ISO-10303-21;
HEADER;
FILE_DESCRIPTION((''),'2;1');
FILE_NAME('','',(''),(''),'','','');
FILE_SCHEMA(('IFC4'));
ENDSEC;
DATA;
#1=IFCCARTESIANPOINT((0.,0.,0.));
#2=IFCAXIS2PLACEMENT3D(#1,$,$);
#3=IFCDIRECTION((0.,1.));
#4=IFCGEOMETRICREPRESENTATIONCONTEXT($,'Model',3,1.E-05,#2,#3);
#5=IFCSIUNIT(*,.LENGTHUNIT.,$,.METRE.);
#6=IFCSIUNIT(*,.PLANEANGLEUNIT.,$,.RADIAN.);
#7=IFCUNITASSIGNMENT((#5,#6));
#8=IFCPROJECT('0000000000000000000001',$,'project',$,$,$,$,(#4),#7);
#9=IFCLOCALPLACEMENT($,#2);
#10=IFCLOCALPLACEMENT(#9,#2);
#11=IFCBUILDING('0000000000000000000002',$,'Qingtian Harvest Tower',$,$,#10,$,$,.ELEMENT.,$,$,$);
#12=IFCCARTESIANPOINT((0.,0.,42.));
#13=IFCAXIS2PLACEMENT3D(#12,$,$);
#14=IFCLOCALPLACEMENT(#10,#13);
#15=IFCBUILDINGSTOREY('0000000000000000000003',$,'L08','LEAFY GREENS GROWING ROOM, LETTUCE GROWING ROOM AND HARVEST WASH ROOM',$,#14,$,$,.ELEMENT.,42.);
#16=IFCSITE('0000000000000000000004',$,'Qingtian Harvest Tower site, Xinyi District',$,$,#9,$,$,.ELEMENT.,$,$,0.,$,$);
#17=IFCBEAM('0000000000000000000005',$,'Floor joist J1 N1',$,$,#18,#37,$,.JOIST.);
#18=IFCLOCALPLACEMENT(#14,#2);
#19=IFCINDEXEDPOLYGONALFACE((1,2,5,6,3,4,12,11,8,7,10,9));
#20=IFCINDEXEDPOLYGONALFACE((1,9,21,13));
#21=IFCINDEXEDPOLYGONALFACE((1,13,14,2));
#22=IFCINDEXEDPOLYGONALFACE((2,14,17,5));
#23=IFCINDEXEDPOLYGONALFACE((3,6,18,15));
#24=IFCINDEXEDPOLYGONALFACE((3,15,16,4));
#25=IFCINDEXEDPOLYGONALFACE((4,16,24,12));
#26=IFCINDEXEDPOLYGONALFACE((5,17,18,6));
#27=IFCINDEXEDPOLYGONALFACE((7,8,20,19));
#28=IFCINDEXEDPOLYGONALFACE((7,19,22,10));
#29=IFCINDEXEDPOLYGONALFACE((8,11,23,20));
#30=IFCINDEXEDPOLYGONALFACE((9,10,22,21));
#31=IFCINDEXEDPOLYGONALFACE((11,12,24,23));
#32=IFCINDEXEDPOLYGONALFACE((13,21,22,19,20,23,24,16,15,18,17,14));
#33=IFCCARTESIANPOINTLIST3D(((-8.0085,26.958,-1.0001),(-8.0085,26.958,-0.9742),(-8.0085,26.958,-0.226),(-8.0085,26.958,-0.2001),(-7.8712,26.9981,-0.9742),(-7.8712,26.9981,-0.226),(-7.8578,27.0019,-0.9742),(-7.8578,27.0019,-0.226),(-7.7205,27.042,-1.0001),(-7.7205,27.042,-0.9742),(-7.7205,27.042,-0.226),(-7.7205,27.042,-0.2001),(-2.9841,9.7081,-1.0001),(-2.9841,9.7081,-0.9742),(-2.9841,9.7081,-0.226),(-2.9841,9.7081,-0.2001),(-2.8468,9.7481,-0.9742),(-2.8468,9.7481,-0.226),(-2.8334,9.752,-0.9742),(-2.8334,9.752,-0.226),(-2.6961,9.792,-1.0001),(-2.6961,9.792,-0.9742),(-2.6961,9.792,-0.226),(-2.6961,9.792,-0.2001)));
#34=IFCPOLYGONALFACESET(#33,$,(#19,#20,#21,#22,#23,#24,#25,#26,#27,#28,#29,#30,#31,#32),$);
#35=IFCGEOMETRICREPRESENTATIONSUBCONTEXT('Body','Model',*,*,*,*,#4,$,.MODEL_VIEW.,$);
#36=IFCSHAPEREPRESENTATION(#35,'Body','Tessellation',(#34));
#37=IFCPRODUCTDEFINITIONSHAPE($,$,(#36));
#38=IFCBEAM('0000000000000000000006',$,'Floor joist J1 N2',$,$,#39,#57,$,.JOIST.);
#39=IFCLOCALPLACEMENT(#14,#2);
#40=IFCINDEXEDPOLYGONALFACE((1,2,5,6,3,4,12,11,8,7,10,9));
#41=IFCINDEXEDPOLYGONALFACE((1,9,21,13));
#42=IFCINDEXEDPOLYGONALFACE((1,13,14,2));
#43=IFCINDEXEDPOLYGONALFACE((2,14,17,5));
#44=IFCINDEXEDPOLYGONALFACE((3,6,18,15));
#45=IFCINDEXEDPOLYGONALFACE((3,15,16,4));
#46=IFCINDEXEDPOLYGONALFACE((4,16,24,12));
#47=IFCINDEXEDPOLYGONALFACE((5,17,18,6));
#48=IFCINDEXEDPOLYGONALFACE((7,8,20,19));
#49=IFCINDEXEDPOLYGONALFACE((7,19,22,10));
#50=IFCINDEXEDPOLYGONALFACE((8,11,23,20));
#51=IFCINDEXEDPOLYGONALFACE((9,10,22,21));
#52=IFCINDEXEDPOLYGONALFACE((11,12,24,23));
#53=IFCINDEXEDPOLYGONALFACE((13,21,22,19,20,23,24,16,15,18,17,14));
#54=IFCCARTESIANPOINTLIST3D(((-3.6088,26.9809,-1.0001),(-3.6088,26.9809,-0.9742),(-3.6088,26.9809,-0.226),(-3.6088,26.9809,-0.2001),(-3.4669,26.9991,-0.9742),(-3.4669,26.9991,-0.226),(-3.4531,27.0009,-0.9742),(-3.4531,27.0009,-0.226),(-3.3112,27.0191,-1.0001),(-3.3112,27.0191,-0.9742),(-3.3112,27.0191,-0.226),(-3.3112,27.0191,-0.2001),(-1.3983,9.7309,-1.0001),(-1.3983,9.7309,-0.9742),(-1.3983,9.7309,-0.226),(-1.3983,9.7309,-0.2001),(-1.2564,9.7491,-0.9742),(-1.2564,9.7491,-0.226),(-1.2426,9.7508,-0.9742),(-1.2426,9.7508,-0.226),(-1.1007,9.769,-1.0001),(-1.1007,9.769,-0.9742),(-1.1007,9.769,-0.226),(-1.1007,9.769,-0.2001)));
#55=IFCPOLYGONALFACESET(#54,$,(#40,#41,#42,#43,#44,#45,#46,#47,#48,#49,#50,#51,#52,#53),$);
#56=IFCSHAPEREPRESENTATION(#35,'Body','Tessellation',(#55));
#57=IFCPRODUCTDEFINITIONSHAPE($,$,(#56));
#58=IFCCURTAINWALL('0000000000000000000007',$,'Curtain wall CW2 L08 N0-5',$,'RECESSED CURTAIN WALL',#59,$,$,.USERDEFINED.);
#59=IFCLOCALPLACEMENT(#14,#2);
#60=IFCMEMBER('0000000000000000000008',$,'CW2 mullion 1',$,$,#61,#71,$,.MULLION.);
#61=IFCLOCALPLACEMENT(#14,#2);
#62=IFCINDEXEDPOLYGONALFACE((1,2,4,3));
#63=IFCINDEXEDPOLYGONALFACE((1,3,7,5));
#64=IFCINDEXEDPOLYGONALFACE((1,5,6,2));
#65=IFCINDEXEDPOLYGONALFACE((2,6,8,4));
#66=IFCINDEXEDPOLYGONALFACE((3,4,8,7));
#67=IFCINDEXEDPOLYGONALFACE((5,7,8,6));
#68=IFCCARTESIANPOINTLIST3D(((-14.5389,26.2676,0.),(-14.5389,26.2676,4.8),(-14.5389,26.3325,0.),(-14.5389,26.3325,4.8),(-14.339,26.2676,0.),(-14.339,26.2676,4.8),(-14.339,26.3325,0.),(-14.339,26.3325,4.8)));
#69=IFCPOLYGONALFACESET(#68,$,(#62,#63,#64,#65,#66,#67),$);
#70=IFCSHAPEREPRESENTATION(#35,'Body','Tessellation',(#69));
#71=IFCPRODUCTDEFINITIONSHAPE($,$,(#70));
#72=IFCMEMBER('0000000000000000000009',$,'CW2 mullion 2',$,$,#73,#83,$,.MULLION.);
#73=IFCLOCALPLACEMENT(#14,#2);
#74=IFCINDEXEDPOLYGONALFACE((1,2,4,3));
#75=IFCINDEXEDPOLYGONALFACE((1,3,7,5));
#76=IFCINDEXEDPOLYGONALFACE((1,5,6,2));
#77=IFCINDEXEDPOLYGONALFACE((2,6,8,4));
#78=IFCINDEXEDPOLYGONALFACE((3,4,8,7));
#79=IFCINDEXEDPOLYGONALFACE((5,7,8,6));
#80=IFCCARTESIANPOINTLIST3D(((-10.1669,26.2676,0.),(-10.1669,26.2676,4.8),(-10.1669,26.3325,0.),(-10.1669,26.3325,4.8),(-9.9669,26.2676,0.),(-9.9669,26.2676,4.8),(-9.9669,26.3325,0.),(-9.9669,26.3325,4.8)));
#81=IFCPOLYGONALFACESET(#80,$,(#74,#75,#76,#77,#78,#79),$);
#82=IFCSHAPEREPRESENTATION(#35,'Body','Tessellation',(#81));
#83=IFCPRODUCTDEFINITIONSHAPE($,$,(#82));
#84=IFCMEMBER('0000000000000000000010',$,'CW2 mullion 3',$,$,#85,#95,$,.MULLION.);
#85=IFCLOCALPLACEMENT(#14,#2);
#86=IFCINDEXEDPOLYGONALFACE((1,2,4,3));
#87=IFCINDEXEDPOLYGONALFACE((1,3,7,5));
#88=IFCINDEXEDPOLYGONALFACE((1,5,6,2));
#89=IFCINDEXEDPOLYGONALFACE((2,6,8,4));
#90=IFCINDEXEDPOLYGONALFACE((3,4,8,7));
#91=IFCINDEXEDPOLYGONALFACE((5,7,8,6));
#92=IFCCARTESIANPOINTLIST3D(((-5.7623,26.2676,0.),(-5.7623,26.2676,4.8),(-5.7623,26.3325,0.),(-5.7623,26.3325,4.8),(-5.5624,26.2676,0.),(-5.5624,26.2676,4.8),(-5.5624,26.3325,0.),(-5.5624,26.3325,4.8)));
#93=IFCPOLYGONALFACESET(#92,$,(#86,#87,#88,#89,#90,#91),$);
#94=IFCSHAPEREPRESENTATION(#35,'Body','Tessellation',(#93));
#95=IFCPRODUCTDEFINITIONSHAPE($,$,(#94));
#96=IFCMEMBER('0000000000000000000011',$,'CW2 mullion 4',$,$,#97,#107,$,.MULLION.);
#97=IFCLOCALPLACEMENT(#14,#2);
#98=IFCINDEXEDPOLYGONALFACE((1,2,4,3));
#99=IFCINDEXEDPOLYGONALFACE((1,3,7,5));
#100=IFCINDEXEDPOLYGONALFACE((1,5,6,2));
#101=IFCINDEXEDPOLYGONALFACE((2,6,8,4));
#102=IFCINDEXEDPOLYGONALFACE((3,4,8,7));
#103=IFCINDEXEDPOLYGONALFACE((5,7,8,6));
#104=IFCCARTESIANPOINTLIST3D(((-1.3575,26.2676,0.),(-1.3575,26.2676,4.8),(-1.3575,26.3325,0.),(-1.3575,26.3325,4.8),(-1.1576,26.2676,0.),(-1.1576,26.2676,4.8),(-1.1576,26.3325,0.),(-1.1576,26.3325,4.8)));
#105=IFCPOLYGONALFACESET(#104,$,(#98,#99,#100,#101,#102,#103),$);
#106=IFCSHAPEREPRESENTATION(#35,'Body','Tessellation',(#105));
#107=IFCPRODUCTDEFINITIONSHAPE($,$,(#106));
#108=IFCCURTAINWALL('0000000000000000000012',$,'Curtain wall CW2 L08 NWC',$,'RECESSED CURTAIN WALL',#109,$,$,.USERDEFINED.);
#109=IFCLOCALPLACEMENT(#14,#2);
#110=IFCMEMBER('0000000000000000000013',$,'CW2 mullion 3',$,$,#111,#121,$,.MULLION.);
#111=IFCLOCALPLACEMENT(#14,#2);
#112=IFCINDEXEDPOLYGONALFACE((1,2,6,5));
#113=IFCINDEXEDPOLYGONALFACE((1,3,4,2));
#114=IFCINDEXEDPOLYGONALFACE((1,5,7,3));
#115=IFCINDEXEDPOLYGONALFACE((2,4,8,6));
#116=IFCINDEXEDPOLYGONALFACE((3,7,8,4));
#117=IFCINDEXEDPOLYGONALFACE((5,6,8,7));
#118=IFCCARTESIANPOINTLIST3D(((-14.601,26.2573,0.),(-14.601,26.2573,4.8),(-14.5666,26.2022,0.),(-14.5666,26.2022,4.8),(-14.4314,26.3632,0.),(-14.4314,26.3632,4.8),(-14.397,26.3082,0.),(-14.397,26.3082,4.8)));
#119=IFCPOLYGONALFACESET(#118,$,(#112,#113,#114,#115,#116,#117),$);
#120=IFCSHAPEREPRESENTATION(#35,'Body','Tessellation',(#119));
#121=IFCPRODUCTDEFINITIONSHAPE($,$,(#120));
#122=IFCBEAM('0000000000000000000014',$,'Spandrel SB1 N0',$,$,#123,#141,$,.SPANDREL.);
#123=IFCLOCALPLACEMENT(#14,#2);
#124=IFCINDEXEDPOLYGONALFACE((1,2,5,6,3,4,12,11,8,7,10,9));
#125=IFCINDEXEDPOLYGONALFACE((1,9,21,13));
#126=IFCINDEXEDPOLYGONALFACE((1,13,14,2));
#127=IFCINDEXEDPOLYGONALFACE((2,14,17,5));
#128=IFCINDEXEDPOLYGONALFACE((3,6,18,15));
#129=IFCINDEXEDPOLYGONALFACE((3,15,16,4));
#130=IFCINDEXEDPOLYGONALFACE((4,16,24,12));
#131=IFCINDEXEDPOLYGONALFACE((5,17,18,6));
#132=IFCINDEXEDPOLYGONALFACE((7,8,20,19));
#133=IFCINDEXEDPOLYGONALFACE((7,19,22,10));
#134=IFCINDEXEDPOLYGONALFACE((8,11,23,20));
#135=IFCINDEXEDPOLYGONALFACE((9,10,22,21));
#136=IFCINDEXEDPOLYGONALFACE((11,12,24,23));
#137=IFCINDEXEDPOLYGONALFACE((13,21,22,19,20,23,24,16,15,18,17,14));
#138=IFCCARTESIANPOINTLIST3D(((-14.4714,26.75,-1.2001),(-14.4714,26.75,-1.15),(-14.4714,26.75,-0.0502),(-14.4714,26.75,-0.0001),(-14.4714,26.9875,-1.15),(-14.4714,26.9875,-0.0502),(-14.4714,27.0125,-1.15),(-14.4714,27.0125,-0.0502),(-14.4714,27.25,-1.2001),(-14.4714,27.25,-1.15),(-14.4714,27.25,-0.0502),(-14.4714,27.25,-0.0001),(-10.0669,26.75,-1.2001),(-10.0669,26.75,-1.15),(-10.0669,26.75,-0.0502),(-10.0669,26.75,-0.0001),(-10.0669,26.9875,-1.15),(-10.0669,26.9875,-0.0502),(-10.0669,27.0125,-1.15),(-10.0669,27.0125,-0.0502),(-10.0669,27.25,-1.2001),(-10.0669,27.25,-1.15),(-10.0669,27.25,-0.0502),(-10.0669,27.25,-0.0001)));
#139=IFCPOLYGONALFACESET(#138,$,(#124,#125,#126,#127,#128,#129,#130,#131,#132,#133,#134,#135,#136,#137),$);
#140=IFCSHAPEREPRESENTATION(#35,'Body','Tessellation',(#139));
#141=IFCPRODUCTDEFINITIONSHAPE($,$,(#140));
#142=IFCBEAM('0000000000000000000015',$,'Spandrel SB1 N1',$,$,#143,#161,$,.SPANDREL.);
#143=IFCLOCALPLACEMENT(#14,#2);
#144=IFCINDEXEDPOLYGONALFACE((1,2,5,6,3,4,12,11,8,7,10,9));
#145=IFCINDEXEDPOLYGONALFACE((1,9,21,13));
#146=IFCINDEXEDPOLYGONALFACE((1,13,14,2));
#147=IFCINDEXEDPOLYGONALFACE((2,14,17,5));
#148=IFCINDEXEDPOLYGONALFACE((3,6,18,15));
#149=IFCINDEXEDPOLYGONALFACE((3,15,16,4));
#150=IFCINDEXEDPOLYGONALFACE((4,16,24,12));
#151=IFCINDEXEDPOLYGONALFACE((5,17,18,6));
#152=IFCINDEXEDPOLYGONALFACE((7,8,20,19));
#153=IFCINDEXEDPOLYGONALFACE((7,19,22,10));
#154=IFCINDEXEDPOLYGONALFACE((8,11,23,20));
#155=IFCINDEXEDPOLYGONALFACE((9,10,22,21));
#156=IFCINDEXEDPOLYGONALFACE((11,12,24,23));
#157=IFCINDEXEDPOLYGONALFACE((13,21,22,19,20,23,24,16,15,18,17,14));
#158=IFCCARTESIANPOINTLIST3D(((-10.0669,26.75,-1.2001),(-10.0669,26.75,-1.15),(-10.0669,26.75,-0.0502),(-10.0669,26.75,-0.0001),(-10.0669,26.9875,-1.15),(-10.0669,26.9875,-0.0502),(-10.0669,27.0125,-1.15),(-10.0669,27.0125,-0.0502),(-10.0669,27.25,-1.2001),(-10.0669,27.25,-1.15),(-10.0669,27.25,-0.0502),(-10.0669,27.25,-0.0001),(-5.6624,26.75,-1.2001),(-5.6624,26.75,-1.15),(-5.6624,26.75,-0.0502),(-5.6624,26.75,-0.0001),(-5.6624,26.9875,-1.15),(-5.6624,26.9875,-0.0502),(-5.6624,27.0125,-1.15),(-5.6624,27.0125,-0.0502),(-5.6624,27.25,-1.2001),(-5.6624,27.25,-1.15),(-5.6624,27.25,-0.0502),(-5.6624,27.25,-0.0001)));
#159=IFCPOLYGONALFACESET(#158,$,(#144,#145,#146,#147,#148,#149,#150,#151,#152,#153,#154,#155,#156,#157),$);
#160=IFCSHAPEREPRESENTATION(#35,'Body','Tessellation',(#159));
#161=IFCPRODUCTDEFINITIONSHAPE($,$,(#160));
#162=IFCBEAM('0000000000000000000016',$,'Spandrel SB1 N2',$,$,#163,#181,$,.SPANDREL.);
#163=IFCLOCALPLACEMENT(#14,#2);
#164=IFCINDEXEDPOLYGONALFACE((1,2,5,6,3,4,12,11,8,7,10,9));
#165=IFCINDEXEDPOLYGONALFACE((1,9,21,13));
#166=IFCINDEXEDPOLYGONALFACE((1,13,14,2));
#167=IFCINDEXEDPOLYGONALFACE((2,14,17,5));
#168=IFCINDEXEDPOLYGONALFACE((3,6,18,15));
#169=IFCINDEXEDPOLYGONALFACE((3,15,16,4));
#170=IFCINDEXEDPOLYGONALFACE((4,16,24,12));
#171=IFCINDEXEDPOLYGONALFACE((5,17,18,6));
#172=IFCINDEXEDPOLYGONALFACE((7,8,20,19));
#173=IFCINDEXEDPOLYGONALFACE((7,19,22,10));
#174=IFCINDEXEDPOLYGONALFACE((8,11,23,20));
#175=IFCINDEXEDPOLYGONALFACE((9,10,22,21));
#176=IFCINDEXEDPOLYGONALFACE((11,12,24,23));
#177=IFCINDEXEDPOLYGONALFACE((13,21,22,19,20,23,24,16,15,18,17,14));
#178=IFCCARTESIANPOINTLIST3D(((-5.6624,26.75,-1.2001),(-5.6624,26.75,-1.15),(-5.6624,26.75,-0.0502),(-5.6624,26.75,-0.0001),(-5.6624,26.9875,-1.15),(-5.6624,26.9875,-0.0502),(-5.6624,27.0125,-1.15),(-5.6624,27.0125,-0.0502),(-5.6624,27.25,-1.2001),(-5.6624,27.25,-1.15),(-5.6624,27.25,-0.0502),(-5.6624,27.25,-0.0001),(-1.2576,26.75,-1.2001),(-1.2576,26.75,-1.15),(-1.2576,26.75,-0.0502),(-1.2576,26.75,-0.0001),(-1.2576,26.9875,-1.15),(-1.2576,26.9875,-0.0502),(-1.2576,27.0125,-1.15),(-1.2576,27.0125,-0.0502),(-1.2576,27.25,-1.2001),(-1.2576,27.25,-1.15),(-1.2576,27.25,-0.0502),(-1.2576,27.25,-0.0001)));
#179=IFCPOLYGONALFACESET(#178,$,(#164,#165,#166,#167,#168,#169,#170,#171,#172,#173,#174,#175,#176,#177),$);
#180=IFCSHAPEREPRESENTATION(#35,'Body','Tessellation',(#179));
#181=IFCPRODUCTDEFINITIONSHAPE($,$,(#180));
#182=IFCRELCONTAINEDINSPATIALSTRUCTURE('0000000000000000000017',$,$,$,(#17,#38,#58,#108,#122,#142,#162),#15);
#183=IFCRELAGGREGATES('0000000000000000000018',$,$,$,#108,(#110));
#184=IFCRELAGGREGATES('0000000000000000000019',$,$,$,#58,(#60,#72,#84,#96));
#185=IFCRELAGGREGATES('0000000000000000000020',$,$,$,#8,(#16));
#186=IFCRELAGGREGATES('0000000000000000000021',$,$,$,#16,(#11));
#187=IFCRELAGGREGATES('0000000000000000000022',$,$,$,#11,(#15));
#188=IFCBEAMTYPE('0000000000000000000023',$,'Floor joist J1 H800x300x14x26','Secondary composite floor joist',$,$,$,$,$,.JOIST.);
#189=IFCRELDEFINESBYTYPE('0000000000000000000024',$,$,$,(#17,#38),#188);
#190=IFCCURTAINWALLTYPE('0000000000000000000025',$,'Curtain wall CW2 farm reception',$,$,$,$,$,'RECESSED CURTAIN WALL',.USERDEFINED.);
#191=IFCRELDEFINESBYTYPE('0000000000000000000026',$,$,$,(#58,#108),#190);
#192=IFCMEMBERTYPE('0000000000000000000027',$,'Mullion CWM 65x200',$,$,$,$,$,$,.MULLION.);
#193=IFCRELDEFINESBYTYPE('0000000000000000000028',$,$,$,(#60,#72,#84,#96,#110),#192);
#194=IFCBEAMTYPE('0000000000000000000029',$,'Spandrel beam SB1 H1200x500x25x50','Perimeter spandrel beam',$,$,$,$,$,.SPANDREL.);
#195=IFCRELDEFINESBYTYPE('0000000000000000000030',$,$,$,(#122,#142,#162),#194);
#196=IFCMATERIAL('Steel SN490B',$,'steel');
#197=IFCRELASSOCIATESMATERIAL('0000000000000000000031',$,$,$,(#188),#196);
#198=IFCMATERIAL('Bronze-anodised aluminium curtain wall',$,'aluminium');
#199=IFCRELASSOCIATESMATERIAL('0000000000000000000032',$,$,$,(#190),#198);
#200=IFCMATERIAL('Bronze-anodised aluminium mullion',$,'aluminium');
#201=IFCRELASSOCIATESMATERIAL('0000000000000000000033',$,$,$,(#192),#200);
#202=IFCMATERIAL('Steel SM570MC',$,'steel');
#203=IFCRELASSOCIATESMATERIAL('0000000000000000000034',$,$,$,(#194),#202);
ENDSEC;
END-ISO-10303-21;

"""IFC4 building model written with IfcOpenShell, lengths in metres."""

from ifc_helpers import new_model, si_unit, direction, frame, origin, origin_2d, place, context, subcontext, project, spatial, rectangle, i_section, extrude, material, material_profile, profile_set, type_object, element, aggregate, save


model = new_model("IFC4")

# Units and contexts
model_context = context("Model", 3, precision=1e-05, world=origin(), true_north=direction((0.0, 1.0)))
body_context = subcontext(model_context, "Body", "Model", "MODEL_VIEW")
ifc_project = project(units=[si_unit("LENGTHUNIT", "METRE"), si_unit("PLANEANGLEUNIT", "RADIAN")], contexts=[model_context])

# Site, building, storey
site_placement = place(None, origin())
site = spatial("IfcSite", under=ifc_project, at=site_placement, Name="Qingtian Harvest Tower site, Xinyi District", CompositionType="ELEMENT", RefElevation=0.0)
building_placement = place(site_placement, origin())
building = spatial("IfcBuilding", under=site, at=building_placement, Name="Qingtian Harvest Tower", CompositionType="ELEMENT")
storey_placement = place(building_placement, frame((0.0, 0.0, 42.0)))
storey = spatial("IfcBuildingStorey", under=building, at=storey_placement, Name="L08", Description="LEAFY GREENS GROWING ROOM, LETTUCE GROWING ROOM AND HARVEST WASH ROOM", CompositionType="ELEMENT", Elevation=42.0)

# Beams
ifc_material_1 = material(Name="Steel SN490B", Category="steel")
ifc_material_profile_1 = material_profile(ifc_material_1, i_section(OverallWidth=0.3, OverallDepth=0.8, WebThickness=0.0139, FlangeThickness=0.0259, at=origin_2d()), Name="H800x300x14x26")
ifc_profile_set_1 = profile_set([ifc_material_profile_1], Name="Steel SN490B")
beam_type_1 = type_object("IfcBeamType", Name="Floor joist J1 H800x300x14x26", Description="Secondary composite floor joist", PredefinedType="JOIST", material=ifc_profile_set_1)
beam_1_placement = place(storey_placement, frame((-7.8645, 27.0, -0.6001), z_axis=(0.279649, -0.960102, 0.0), x_axis=(0.960102, 0.279649, 0.0)))
element("IfcBeam", 1, at=beam_1_placement, inside=storey, type_object=beam_type_1, Name="Floor joist J1 N1", PredefinedType="JOIST", context=body_context, shape_type="SweptSolid", body=[
    extrude(i_section(OverallWidth=0.3, OverallDepth=0.8, WebThickness=0.0139, FlangeThickness=0.0259, at=origin_2d()), origin(), (0.0, 0.0, 1.0), 17.9668),
])
beam_2_placement = place(storey_placement, frame((-3.46, 27.0, -0.6001), z_axis=(0.127103, -0.99189, 0.0), x_axis=(0.99189, 0.127103, 0.0)))
element("IfcBeam", 2, at=beam_2_placement, inside=storey, type_object=beam_type_1, Name="Floor joist J1 N2", PredefinedType="JOIST", context=body_context, shape_type="SweptSolid", body=[
    extrude(i_section(OverallWidth=0.3, OverallDepth=0.8, WebThickness=0.0139, FlangeThickness=0.0259, at=origin_2d()), origin(), (0.0, 0.0, 1.0), 17.3911),
])

# Curtain wall, members
ifc_material_2 = material(Name="Bronze-anodised aluminium curtain wall", Category="aluminium")
curtain_wall_type = type_object("IfcCurtainWallType", Name="Curtain wall CW2 farm reception", ElementType="RECESSED CURTAIN WALL", PredefinedType="USERDEFINED", material=ifc_material_2)
curtain_wall_1_placement = place(storey_placement, origin())
curtain_wall_1 = element("IfcCurtainWall", 3, at=curtain_wall_1_placement, inside=storey, type_object=curtain_wall_type, Name="Curtain wall CW2 L08 N0-5", ObjectType="RECESSED CURTAIN WALL", PredefinedType="USERDEFINED")
ifc_material_3 = material(Name="Bronze-anodised aluminium mullion", Category="aluminium")
ifc_material_profile_2 = material_profile(ifc_material_3, rectangle(XDim=0.0649, YDim=0.2, at=origin_2d()), Name="AL 65x200")
ifc_profile_set_2 = profile_set([ifc_material_profile_2], Name="Bronze-anodised aluminium mullion")
member_type_1 = type_object("IfcMemberType", Name="Mullion CWM 65x200", PredefinedType="MULLION", material=ifc_profile_set_2)
member_1_placement = place(storey_placement, frame((-14.439, 26.3, 0.0), z_axis=(0.0, 0.0, 1.0), x_axis=(0.0, 1.0, 0.0)))
member_1 = element("IfcMember", 4, at=member_1_placement, type_object=member_type_1, Name="CW2 mullion 1", PredefinedType="MULLION", context=body_context, shape_type="SweptSolid", body=[
    extrude(rectangle(XDim=0.0649, YDim=0.2, at=origin_2d()), origin(), (0.0, 0.0, 1.0), 4.8),
])
member_2_placement = place(storey_placement, frame((-10.0669, 26.3, 0.0), z_axis=(0.0, 0.0, 1.0), x_axis=(0.0, 1.0, 0.0)))
member_2 = element("IfcMember", 5, at=member_2_placement, type_object=member_type_1, Name="CW2 mullion 2", PredefinedType="MULLION", context=body_context, shape_type="SweptSolid", body=[
    extrude(rectangle(XDim=0.0649, YDim=0.2, at=origin_2d()), origin(), (0.0, 0.0, 1.0), 4.8),
])
member_3_placement = place(storey_placement, frame((-5.6624, 26.3, 0.0), z_axis=(0.0, 0.0, 1.0), x_axis=(0.0, 1.0, 0.0)))
member_3 = element("IfcMember", 6, at=member_3_placement, type_object=member_type_1, Name="CW2 mullion 3", PredefinedType="MULLION", context=body_context, shape_type="SweptSolid", body=[
    extrude(rectangle(XDim=0.0649, YDim=0.2, at=origin_2d()), origin(), (0.0, 0.0, 1.0), 4.8),
])
member_4_placement = place(storey_placement, frame((-1.2576, 26.3, 0.0), z_axis=(0.0, 0.0, 1.0), x_axis=(0.0, 1.0, 0.0)))
member_4 = element("IfcMember", 7, at=member_4_placement, type_object=member_type_1, Name="CW2 mullion 4", PredefinedType="MULLION", context=body_context, shape_type="SweptSolid", body=[
    extrude(rectangle(XDim=0.0649, YDim=0.2, at=origin_2d()), origin(), (0.0, 0.0, 1.0), 4.8),
])

# Curtain wall, member
curtain_wall_2_placement = place(storey_placement, origin())
curtain_wall_2 = element("IfcCurtainWall", 8, at=curtain_wall_2_placement, inside=storey, type_object=curtain_wall_type, Name="Curtain wall CW2 L08 NWC", ObjectType="RECESSED CURTAIN WALL", PredefinedType="USERDEFINED")
member_5_placement = place(storey_placement, frame((-14.499, 26.2827, 0.0), z_axis=(0.0, 0.0, 1.0), x_axis=(-0.529919, 0.848048, 0.0)))
member_5 = element("IfcMember", 9, at=member_5_placement, type_object=member_type_1, Name="CW2 mullion 3", PredefinedType="MULLION", context=body_context, shape_type="SweptSolid", body=[
    extrude(rectangle(XDim=0.0649, YDim=0.2, at=origin_2d()), origin(), (0.0, 0.0, 1.0), 4.8),
])
aggregate(curtain_wall_2, [member_5])

# Beams
ifc_material_4 = material(Name="Steel SM570MC", Category="steel")
ifc_material_profile_3 = material_profile(ifc_material_4, i_section(OverallWidth=0.5, OverallDepth=1.2, WebThickness=0.0249, FlangeThickness=0.05, at=origin_2d()), Name="H1200x500x25x50")
ifc_profile_set_3 = profile_set([ifc_material_profile_3], Name="Steel SM570MC")
beam_type_2 = type_object("IfcBeamType", Name="Spandrel beam SB1 H1200x500x25x50", Description="Perimeter spandrel beam", PredefinedType="SPANDREL", material=ifc_profile_set_3)
for number, where, z_axis, x_axis, name in (
    (10, (-14.4714, 27.0, -0.6001), (1.0, 0.0, 0.0), (0.0, 1.0, 0.0), "Spandrel SB1 N0"),
    (11, (-10.0669, 27.0, -0.6001), (1.0, 0.0, 0.0), (0.0, 1.0, 0.0), "Spandrel SB1 N1"),
):
    element("IfcBeam", number, at=place(storey_placement, frame(where, z_axis=z_axis, x_axis=x_axis)), inside=storey, type_object=beam_type_2, Name=name, PredefinedType="SPANDREL", context=body_context, shape_type="SweptSolid", body=[
        extrude(i_section(OverallWidth=0.5, OverallDepth=1.2, WebThickness=0.0249, FlangeThickness=0.05, at=origin_2d()), origin(), (0.0, 0.0, 1.0), 4.4045),
    ])
beam_3_placement = place(storey_placement, frame((-5.6624, 27.0, -0.6001), z_axis=(1.0, 0.0, 0.0), x_axis=(0.0, 1.0, 0.0)))
element("IfcBeam", 12, at=beam_3_placement, inside=storey, type_object=beam_type_2, Name="Spandrel SB1 N2", PredefinedType="SPANDREL", context=body_context, shape_type="SweptSolid", body=[
    extrude(i_section(OverallWidth=0.5, OverallDepth=1.2, WebThickness=0.0249, FlangeThickness=0.05, at=origin_2d()), origin(), (0.0, 0.0, 1.0), 4.4048),
])

aggregate(curtain_wall_1, [member_1, member_2, member_3, member_4])

save(model, "model.ifc")
